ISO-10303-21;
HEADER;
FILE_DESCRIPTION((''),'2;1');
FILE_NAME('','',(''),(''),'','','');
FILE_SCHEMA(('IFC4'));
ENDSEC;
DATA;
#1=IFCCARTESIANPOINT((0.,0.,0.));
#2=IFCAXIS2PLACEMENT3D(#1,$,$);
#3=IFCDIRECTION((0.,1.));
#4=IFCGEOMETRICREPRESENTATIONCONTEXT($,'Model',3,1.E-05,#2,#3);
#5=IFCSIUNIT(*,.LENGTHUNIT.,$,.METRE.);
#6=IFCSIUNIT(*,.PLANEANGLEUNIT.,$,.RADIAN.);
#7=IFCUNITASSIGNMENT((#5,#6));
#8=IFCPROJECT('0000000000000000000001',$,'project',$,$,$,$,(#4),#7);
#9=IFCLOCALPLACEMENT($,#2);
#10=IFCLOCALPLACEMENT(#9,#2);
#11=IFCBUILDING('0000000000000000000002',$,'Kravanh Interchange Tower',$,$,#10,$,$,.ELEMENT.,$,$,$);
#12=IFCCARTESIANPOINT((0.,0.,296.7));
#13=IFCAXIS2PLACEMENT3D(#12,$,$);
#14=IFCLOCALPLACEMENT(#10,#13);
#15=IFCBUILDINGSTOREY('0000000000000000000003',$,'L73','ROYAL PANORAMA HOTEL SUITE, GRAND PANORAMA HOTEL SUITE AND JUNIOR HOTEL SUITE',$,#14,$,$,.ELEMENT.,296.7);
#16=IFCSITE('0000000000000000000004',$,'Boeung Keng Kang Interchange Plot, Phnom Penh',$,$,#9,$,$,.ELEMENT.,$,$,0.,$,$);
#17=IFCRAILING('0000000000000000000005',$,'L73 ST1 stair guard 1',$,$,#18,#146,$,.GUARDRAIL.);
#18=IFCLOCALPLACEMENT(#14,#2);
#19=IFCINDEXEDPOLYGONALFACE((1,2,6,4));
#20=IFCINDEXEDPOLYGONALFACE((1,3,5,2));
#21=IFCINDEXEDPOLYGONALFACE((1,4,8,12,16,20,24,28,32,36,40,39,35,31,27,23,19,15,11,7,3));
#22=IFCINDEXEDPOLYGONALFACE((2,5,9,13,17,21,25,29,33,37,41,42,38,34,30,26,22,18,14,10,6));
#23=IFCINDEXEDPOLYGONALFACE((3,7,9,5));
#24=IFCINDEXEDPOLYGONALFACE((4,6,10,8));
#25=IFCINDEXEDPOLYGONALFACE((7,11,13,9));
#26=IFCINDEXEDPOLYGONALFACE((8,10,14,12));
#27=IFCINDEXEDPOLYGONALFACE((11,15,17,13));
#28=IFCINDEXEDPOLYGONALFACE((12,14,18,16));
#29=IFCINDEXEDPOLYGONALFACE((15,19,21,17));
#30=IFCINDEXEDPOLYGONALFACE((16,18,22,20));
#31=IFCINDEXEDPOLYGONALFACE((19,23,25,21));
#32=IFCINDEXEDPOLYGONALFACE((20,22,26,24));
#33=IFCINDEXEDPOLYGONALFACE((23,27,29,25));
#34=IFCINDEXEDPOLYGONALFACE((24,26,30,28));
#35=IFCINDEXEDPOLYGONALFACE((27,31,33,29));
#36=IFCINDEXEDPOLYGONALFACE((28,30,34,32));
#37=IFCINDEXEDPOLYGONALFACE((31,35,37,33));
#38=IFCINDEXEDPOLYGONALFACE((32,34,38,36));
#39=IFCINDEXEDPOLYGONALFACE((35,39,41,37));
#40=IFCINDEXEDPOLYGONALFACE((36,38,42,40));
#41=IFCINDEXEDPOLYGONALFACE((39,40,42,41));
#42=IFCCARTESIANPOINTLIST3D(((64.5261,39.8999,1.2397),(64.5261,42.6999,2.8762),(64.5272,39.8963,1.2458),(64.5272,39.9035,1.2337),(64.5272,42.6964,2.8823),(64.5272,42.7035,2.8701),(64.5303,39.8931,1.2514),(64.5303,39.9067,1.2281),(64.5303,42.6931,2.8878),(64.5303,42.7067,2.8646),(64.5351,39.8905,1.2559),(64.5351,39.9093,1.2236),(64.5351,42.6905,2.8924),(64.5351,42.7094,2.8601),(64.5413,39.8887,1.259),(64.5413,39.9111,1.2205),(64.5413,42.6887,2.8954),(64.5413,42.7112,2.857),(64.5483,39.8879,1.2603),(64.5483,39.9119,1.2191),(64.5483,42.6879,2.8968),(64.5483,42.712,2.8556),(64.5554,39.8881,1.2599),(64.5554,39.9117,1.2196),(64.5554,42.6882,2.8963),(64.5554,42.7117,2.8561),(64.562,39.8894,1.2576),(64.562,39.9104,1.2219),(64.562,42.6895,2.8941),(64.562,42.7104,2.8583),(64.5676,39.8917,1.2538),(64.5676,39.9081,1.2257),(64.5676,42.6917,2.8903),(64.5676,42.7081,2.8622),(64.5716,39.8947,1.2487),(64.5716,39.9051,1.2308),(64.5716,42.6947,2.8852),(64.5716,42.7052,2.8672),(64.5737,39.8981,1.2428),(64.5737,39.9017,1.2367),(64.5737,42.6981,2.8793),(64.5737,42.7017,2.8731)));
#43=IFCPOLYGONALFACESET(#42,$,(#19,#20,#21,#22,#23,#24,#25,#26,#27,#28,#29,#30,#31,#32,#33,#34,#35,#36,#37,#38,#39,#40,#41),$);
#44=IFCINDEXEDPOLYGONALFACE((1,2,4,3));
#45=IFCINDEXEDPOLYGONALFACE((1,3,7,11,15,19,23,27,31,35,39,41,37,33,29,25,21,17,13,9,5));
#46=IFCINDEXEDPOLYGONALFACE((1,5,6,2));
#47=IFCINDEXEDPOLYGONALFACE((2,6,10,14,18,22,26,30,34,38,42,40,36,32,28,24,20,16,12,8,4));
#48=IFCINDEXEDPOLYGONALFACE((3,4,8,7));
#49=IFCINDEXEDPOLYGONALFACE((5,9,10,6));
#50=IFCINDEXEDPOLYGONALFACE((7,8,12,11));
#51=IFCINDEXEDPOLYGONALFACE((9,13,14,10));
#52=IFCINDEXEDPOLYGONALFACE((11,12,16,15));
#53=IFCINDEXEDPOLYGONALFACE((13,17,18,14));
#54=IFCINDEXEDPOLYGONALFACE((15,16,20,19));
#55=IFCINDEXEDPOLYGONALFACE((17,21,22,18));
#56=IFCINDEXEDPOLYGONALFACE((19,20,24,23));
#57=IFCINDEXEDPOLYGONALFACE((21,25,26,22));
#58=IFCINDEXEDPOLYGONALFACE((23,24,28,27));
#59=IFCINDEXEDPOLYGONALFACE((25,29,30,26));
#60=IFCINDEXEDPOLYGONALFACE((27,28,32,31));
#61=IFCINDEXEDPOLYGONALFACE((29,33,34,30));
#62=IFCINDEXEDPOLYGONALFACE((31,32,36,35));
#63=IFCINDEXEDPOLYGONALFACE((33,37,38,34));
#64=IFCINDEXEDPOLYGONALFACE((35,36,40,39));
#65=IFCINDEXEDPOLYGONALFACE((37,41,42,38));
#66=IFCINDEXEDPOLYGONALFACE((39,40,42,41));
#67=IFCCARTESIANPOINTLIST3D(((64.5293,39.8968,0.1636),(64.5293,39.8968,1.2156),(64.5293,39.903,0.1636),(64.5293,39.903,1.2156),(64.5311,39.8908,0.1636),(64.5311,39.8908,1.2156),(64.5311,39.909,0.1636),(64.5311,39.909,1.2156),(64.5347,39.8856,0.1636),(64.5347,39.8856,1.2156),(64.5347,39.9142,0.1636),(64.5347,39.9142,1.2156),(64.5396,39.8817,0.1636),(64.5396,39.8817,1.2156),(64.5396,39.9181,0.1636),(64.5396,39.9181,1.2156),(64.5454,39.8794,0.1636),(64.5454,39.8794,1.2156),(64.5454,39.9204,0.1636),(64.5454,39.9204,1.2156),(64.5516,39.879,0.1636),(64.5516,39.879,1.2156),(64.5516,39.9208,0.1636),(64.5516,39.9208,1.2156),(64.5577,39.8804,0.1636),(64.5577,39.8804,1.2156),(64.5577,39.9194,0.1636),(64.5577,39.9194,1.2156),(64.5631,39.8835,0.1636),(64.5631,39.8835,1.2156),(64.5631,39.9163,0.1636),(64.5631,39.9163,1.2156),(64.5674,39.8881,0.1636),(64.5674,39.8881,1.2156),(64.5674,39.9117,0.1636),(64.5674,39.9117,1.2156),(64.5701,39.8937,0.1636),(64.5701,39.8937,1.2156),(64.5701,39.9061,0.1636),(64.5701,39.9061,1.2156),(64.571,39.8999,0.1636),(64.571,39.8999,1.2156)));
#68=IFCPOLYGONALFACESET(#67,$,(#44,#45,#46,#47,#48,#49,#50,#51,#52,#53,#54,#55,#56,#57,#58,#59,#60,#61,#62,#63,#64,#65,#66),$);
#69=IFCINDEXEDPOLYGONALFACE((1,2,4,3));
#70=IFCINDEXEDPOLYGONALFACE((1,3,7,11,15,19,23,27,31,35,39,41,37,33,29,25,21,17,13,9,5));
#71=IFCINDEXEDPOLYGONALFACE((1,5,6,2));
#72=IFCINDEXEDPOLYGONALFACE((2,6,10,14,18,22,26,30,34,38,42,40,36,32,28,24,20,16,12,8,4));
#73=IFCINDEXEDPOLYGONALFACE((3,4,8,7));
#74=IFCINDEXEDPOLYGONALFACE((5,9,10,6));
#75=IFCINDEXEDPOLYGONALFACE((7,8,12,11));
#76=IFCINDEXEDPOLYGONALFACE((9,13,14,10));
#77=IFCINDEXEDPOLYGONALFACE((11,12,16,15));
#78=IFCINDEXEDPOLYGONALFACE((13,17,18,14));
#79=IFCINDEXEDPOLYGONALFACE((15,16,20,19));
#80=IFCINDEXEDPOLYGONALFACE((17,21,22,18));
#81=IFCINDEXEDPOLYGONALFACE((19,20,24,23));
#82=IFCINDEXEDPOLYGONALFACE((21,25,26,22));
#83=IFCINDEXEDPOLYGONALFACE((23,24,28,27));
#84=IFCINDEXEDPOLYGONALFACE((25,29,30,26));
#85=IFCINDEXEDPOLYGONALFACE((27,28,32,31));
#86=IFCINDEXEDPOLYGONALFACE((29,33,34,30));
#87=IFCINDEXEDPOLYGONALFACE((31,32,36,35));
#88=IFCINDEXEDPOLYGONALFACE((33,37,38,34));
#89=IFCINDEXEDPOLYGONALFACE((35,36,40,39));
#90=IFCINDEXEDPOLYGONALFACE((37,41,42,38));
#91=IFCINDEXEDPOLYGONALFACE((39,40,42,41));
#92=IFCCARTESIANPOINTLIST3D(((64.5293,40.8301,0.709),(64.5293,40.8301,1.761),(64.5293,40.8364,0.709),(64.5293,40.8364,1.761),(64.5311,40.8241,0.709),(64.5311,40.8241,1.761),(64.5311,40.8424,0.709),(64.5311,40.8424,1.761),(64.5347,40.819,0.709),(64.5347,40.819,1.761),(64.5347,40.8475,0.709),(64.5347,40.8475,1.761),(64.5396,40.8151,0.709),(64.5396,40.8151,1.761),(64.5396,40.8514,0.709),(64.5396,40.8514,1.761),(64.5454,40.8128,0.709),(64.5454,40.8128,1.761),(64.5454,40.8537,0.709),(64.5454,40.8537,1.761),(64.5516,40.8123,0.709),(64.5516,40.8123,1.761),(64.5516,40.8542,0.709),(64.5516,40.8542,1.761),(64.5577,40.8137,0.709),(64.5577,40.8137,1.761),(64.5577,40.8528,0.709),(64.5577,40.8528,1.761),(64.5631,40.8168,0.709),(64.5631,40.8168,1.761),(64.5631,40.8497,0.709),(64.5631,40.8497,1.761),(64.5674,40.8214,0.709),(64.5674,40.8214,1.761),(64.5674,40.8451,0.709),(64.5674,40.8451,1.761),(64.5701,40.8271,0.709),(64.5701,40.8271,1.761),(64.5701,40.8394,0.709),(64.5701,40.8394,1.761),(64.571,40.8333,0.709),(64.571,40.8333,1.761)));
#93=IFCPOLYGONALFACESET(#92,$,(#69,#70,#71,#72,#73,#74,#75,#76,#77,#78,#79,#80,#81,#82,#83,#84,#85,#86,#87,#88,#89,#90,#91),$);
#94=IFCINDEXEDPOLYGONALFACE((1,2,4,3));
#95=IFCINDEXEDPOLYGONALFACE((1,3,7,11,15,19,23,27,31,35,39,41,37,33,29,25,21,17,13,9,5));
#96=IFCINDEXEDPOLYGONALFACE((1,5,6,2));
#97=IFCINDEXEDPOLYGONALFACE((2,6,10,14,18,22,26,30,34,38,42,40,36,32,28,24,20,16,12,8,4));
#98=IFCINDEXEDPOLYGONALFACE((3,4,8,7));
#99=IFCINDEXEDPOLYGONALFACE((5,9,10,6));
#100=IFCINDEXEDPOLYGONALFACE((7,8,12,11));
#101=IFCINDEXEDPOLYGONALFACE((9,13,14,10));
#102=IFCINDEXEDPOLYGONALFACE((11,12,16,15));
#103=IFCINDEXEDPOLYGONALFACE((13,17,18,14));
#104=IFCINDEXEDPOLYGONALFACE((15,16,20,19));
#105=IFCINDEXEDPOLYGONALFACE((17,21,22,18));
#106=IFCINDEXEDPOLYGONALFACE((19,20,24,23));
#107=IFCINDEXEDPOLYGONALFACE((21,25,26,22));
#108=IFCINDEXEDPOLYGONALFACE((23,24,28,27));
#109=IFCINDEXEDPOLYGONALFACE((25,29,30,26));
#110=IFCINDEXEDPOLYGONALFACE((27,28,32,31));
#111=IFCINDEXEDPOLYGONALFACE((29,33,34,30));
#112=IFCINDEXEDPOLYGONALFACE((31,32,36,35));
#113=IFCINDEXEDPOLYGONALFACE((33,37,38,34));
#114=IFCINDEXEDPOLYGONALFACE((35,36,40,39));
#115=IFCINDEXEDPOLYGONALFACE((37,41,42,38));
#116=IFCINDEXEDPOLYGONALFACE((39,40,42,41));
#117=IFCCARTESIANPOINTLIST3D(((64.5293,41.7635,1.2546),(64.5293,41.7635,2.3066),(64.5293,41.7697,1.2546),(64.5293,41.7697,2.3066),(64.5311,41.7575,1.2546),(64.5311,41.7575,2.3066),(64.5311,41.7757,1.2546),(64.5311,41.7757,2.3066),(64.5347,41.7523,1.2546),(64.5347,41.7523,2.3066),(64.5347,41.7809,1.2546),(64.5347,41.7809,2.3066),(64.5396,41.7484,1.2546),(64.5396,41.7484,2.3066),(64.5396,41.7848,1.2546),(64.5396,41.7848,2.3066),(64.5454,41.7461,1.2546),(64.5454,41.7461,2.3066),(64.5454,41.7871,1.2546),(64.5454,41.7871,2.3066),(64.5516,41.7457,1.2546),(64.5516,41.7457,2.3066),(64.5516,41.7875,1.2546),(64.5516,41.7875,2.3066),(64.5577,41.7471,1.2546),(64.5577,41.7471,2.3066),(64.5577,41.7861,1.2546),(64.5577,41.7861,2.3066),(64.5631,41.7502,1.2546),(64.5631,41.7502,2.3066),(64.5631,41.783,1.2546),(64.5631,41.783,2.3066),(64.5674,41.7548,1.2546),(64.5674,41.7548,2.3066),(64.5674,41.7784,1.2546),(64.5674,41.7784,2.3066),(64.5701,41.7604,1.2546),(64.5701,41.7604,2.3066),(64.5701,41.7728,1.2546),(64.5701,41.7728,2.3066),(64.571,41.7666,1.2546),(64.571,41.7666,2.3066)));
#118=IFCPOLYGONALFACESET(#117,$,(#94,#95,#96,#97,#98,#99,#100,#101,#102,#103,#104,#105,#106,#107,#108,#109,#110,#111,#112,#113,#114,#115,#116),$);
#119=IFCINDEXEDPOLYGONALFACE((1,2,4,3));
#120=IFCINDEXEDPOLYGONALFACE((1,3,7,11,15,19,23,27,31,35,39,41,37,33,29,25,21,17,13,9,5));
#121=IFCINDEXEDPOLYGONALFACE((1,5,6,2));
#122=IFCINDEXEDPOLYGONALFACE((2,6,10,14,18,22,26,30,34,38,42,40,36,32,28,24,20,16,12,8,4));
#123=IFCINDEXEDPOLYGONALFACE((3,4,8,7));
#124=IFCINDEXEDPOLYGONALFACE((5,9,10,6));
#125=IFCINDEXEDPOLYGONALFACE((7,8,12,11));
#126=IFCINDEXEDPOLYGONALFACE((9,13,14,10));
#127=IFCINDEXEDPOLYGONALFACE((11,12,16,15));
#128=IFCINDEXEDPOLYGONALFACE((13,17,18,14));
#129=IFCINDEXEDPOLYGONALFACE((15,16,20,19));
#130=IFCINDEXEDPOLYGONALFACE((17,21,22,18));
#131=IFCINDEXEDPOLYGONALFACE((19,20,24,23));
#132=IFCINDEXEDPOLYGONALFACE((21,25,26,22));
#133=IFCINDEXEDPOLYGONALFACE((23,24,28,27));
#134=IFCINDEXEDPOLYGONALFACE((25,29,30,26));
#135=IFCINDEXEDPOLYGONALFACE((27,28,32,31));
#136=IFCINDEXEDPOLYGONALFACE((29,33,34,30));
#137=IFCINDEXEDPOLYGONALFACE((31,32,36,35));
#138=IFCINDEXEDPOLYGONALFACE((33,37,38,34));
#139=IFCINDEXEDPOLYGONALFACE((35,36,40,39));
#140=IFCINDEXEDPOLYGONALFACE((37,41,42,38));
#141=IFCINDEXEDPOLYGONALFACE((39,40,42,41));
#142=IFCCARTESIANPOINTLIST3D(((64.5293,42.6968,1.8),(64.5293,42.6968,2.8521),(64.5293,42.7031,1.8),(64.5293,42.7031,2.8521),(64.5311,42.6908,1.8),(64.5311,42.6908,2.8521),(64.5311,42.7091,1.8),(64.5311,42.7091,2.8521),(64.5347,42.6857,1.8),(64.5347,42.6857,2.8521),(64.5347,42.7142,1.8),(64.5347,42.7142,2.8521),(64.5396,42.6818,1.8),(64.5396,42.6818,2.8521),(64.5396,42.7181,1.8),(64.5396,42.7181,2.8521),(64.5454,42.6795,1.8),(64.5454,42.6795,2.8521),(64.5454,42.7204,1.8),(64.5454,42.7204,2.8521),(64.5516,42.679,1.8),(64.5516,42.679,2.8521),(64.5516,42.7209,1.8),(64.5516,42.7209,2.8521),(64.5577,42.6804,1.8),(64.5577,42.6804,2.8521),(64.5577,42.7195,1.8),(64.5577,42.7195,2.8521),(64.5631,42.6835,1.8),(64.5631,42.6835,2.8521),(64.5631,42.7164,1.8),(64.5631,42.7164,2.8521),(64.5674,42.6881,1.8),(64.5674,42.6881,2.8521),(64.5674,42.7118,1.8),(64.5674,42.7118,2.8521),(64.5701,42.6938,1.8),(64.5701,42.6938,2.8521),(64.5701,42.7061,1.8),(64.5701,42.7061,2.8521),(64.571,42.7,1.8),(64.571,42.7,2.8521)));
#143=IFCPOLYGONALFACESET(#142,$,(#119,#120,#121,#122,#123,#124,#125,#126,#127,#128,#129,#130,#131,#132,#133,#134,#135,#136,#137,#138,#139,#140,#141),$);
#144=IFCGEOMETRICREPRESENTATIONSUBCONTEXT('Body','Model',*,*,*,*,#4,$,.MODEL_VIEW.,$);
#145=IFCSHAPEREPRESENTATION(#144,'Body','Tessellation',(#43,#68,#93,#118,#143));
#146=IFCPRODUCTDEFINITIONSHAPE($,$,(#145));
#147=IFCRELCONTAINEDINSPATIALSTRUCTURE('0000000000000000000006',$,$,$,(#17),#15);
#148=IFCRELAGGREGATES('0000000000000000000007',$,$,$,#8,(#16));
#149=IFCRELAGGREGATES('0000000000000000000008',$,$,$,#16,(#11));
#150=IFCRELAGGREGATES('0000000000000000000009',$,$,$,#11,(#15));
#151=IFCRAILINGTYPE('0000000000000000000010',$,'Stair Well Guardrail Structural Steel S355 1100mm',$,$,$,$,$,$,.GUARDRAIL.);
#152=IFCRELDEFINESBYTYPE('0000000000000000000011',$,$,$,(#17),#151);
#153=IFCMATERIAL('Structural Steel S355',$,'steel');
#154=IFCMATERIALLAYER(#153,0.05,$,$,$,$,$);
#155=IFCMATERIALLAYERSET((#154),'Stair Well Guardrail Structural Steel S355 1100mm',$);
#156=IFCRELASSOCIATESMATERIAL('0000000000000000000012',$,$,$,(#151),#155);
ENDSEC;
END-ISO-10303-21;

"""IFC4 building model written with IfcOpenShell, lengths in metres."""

from ifc_helpers import new_model, si_unit, direction, frame, origin, origin_2d, place, context, subcontext, project, spatial, circle, extrude, material, layer, layer_set, type_object, element, save


model = new_model("IFC4")

# Units and contexts
model_context = context("Model", 3, precision=1e-05, world=origin(), true_north=direction((0.0, 1.0)))
body_context = subcontext(model_context, "Body", "Model", "MODEL_VIEW")
ifc_project = project(units=[si_unit("LENGTHUNIT", "METRE"), si_unit("PLANEANGLEUNIT", "RADIAN")], contexts=[model_context])

# Site, building, storey
site_placement = place(None, origin())
site = spatial("IfcSite", under=ifc_project, at=site_placement, Name="Boeung Keng Kang Interchange Plot, Phnom Penh", CompositionType="ELEMENT", RefElevation=0.0)
building_placement = place(site_placement, origin())
building = spatial("IfcBuilding", under=site, at=building_placement, Name="Kravanh Interchange Tower", CompositionType="ELEMENT")
storey_placement = place(building_placement, frame((0.0, 0.0, 296.7)))
storey = spatial("IfcBuildingStorey", under=building, at=storey_placement, Name="L73", Description="ROYAL PANORAMA HOTEL SUITE, GRAND PANORAMA HOTEL SUITE AND JUNIOR HOTEL SUITE", CompositionType="ELEMENT", Elevation=296.7)

# Railing
ifc_material_1 = material(Name="Structural Steel S355", Category="steel")
ifc_layer_1 = layer(ifc_material_1, 0.05)
ifc_layer_set_1 = layer_set([ifc_layer_1], Name="Stair Well Guardrail Structural Steel S355 1100mm")
railing_type_1 = type_object("IfcRailingType", Name="Stair Well Guardrail Structural Steel S355 1100mm", PredefinedType="GUARDRAIL", material=ifc_layer_set_1)
railing_1_placement = place(storey_placement, frame((64.55, 39.8999, 0.1636)))
element("IfcRailing", 1, at=railing_1_placement, inside=storey, type_object=railing_type_1, Name="L73 ST1 stair guard 1", PredefinedType="GUARDRAIL", context=body_context, shape_type="SweptSolid", body=[
    extrude(circle(Radius=0.0239, at=origin_2d()), frame((0.0, 0.0, 1.0762), z_axis=(0.0, 0.863361, 0.504587), x_axis=(-1.0, 0.0, 0.0)), (0.0, 0.0, 1.0), 3.2432),
    extrude(circle(Radius=0.021, at=origin_2d()), origin(), (0.0, 0.0, 1.0), 1.052),
    extrude(circle(Radius=0.021, at=origin_2d()), frame((0.0, 0.9333, 0.5454)), (0.0, 0.0, 1.0), 1.052),
    extrude(circle(Radius=0.021, at=origin_2d()), frame((0.0, 1.8667, 1.0911)), (0.0, 0.0, 1.0), 1.052),
    extrude(circle(Radius=0.021, at=origin_2d()), frame((0.0, 2.8, 1.6365)), (0.0, 0.0, 1.0), 1.052),
])

save(model, "model.ifc")
